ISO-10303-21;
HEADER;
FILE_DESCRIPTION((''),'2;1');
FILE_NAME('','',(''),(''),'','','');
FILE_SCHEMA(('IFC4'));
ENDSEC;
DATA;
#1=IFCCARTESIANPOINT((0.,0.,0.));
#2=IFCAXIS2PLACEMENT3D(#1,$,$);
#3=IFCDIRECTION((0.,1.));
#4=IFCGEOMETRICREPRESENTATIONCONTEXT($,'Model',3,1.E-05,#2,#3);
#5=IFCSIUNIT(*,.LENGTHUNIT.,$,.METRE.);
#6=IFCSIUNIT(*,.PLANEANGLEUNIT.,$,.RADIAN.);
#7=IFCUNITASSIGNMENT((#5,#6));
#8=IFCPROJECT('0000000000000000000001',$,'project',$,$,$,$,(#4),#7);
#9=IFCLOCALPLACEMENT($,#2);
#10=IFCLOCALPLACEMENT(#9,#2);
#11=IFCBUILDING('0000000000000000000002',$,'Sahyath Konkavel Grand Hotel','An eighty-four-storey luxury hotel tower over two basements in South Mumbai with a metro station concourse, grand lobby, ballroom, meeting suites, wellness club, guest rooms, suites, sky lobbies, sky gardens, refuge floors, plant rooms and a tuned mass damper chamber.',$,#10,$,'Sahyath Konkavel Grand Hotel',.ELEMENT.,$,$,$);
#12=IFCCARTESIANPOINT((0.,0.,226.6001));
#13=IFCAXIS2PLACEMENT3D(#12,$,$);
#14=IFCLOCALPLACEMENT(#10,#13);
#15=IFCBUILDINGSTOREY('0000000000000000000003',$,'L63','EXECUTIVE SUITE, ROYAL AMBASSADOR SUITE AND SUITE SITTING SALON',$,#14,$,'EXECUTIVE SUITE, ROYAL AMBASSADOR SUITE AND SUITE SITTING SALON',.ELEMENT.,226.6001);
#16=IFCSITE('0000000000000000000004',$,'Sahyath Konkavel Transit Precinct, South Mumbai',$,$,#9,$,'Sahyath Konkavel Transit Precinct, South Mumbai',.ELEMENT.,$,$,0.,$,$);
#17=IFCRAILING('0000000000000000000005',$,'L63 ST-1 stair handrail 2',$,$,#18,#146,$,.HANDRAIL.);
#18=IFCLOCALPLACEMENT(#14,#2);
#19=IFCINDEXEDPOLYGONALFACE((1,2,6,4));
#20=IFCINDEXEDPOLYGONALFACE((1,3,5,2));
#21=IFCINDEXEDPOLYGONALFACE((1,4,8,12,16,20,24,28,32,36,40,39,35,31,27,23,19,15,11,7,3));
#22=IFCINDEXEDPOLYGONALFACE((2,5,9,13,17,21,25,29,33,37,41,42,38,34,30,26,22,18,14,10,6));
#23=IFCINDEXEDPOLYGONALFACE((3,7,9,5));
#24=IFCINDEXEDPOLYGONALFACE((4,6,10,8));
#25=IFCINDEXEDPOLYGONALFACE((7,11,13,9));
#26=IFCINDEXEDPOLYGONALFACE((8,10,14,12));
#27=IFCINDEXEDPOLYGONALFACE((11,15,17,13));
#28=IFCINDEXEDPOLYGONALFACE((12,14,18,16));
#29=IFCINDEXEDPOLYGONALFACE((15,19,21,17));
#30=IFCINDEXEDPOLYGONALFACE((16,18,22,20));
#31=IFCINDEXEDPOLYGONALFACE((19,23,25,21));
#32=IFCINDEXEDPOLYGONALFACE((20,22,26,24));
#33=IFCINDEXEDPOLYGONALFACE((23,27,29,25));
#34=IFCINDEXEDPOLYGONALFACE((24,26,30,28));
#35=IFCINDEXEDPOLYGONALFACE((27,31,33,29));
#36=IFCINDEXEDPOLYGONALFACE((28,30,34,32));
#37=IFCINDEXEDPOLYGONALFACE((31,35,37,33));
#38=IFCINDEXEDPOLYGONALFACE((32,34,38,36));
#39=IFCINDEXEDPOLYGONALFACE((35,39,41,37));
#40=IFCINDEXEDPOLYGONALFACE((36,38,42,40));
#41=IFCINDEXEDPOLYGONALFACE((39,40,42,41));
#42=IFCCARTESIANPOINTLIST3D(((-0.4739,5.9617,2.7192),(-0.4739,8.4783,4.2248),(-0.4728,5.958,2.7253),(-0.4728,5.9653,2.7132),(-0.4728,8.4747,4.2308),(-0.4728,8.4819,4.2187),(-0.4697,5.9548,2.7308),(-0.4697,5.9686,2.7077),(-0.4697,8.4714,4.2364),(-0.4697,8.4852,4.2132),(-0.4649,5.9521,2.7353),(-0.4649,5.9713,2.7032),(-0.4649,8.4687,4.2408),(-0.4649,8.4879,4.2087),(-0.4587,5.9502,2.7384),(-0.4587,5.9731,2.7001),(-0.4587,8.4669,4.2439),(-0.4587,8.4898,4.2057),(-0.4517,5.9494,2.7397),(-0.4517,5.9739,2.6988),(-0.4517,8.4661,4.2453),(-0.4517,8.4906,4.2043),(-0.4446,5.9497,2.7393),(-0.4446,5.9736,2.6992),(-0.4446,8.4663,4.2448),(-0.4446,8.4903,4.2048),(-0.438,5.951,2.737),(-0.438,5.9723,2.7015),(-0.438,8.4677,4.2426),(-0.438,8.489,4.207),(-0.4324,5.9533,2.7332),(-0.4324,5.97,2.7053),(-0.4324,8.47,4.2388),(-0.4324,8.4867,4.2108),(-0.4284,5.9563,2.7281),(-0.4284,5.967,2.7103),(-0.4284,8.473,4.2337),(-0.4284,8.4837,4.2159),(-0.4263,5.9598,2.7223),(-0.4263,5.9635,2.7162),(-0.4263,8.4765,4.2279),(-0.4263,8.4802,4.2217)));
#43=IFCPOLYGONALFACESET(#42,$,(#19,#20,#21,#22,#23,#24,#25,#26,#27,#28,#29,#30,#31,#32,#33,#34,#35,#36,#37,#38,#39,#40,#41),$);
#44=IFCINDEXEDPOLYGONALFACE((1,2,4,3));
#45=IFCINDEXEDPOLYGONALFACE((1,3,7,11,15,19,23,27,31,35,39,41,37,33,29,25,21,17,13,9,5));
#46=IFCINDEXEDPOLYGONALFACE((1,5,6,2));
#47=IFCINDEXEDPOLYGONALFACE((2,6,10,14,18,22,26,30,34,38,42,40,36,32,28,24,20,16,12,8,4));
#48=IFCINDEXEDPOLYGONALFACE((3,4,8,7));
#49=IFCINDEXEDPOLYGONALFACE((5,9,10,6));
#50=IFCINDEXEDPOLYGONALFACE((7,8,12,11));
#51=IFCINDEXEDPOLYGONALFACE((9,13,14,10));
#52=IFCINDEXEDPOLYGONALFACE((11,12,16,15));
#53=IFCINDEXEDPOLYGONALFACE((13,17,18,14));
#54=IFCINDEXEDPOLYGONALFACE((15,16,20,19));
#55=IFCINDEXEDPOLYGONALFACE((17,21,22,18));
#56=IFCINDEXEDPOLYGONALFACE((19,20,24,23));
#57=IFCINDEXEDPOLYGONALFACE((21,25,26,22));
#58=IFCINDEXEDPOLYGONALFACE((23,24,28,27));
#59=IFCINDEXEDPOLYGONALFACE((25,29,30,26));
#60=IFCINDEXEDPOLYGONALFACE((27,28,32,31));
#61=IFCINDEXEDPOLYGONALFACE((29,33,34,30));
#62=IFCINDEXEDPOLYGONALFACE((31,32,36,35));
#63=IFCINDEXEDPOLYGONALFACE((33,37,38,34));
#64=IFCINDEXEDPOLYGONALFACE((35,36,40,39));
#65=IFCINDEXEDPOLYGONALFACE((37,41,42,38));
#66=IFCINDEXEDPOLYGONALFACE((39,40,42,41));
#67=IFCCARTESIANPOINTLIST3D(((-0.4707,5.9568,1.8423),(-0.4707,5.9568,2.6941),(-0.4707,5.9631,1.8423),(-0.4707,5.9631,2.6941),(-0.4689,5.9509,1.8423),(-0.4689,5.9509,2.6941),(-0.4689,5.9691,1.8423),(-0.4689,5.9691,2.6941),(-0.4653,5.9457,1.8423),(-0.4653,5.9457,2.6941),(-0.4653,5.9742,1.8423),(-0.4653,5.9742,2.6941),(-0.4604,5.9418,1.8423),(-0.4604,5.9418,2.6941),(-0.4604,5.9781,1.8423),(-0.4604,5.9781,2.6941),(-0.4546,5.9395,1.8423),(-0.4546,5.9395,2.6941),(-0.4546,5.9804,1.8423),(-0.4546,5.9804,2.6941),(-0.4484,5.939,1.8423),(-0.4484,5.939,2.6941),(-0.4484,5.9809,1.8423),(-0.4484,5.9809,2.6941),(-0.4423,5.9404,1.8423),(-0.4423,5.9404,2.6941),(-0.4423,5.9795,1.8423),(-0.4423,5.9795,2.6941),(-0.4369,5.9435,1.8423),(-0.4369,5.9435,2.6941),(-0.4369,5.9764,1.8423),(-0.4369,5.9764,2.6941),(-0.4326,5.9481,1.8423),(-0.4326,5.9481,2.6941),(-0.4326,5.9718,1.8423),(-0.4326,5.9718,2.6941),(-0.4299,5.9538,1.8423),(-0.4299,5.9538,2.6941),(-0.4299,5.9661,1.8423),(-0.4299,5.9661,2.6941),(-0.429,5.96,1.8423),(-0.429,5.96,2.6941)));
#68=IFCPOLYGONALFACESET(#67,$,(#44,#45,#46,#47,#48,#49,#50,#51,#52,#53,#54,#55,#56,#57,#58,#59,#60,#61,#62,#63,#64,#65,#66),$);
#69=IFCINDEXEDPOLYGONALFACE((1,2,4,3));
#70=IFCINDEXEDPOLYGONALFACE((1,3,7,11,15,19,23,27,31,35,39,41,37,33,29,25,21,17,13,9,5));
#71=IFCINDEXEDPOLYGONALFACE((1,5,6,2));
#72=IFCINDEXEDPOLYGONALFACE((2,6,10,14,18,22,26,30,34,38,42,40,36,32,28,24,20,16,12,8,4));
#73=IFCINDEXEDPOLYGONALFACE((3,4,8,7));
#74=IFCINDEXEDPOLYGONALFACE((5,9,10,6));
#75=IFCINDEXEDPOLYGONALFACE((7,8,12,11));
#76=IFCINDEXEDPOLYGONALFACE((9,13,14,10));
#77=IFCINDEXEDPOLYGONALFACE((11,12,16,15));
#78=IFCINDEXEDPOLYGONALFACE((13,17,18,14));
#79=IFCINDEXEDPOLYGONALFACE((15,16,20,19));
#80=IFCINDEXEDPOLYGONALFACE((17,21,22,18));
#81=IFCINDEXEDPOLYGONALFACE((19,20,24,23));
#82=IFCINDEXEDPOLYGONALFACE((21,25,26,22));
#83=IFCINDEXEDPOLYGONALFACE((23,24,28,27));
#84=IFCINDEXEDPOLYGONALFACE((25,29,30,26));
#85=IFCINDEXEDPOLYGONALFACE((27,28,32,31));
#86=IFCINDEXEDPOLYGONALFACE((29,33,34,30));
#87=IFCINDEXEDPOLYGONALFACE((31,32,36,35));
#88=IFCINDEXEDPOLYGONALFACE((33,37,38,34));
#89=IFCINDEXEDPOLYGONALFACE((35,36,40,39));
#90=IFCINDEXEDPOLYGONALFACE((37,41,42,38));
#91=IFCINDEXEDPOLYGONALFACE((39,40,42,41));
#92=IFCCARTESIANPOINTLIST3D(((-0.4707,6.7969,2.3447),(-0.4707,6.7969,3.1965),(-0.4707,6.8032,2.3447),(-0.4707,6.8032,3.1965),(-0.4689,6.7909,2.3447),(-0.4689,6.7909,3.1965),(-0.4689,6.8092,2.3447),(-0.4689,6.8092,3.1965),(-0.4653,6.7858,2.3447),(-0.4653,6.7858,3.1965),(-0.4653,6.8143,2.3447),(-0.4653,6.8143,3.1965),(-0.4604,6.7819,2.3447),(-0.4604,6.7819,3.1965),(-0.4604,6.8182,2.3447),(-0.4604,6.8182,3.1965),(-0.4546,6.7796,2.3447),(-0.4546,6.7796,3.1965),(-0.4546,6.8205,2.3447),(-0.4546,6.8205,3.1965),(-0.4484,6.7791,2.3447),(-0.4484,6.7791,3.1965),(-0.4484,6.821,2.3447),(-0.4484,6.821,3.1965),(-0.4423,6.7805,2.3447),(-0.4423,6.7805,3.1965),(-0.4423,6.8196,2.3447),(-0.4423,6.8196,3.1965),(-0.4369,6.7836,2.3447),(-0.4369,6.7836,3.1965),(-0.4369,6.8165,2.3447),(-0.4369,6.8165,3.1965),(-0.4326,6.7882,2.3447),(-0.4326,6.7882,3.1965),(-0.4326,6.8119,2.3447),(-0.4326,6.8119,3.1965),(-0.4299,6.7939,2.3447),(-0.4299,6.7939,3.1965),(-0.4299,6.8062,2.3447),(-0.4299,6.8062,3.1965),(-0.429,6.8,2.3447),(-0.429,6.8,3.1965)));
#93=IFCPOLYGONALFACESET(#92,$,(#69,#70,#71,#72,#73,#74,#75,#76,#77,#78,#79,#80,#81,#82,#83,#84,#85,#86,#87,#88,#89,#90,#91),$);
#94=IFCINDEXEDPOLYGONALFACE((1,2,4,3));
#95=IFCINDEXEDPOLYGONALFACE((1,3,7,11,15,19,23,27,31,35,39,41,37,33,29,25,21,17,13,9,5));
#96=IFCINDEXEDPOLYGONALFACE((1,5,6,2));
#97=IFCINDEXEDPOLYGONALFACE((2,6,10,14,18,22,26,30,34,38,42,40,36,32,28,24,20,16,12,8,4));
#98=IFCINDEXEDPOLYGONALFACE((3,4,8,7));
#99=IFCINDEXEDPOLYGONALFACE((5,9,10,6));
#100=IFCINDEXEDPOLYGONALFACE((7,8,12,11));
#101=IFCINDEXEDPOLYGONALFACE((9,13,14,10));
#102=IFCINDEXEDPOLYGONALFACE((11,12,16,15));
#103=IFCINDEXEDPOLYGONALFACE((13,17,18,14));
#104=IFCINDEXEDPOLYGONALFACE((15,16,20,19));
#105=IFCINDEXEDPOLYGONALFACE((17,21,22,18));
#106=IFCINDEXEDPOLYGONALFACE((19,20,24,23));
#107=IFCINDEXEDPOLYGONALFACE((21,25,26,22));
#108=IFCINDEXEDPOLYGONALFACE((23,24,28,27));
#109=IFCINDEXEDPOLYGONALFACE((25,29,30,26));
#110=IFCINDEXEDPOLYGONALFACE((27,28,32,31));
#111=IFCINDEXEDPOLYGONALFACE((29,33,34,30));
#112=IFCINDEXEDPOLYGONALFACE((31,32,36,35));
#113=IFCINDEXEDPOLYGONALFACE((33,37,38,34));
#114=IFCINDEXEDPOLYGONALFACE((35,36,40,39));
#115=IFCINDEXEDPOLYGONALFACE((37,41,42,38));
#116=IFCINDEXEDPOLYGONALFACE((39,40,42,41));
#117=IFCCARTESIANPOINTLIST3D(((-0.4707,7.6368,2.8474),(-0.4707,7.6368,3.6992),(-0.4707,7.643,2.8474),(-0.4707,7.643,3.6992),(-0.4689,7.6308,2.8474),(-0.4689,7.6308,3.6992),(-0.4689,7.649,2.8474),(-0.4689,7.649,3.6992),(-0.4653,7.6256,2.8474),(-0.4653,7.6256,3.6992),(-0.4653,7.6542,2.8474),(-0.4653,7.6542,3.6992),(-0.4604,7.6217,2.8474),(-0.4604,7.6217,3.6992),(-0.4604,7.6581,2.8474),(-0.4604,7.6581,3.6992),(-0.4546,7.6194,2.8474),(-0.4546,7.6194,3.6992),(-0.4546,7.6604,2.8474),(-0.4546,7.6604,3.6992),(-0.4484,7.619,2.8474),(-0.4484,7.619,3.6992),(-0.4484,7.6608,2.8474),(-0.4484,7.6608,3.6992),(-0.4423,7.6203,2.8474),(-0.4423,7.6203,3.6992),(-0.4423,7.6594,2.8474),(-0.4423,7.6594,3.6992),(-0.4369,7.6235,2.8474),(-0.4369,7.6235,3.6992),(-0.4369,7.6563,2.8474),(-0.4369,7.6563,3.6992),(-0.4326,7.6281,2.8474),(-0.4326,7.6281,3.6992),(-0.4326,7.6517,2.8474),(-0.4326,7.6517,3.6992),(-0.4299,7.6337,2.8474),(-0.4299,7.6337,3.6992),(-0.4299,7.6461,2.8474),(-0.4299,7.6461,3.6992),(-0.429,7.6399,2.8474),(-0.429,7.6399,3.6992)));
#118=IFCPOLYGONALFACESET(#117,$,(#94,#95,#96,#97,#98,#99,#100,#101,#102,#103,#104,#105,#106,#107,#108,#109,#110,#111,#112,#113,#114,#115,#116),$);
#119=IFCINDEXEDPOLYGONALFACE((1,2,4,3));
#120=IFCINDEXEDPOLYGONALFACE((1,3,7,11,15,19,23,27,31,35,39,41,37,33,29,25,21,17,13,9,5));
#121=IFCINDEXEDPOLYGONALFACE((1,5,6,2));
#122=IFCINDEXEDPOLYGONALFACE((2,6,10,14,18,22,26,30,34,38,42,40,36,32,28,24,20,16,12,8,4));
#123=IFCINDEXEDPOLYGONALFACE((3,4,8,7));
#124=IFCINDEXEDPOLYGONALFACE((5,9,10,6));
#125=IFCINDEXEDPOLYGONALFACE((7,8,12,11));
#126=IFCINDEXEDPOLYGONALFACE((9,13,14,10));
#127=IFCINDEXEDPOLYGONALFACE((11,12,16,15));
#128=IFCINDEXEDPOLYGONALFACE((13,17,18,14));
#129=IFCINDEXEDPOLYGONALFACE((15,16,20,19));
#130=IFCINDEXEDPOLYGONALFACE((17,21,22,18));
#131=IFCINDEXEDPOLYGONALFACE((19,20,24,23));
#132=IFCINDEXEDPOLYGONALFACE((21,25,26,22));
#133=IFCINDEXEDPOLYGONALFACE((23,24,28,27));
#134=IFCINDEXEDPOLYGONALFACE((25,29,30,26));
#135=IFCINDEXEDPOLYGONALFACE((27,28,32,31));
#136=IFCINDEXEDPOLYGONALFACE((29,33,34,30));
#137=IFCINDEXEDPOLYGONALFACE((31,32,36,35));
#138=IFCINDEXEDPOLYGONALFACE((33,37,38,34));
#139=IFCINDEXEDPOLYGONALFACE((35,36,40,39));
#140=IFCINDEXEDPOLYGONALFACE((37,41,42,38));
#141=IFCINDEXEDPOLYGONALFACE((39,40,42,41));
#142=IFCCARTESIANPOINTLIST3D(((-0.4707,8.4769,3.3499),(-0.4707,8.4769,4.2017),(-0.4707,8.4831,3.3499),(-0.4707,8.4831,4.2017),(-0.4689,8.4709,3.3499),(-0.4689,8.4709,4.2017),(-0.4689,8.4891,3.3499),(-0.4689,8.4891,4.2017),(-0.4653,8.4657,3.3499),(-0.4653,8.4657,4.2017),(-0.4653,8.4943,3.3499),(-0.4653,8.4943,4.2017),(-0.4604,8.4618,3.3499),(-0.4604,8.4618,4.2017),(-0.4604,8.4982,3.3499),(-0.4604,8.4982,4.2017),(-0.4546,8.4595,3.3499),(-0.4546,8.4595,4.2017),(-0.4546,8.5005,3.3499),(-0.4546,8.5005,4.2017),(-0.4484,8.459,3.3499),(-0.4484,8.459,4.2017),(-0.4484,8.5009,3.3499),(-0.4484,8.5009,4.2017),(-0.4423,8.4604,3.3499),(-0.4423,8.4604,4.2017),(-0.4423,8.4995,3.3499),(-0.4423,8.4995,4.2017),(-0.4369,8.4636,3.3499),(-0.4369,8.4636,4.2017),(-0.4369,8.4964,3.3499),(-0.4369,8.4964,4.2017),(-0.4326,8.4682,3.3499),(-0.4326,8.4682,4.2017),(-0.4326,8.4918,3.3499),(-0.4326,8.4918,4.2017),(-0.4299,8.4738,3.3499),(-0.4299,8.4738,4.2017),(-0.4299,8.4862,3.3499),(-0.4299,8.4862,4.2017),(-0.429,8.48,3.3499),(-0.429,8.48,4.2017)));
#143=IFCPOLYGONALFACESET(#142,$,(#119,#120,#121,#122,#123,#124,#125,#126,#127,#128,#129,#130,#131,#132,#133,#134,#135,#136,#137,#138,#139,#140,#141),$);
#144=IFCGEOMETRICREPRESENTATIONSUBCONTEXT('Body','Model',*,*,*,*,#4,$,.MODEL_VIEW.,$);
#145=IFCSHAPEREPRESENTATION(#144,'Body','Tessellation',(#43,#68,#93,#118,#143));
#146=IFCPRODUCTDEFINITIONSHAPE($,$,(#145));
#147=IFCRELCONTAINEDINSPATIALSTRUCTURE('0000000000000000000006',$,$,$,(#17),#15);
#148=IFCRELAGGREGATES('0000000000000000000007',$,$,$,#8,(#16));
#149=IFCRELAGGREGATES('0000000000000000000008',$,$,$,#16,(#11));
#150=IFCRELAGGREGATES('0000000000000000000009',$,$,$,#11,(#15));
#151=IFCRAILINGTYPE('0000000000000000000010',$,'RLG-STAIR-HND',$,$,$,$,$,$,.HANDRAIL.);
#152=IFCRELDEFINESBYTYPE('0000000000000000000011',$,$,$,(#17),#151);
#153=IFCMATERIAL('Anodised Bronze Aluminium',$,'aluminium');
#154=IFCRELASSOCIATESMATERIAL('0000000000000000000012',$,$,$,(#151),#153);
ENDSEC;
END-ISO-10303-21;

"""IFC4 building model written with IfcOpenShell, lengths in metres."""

from ifc_helpers import new_model, si_unit, direction, frame, origin, origin_2d, place, context, subcontext, project, spatial, circle, extrude, material, type_object, element, save


model = new_model("IFC4")

# Units and contexts
model_context = context("Model", 3, precision=1e-05, world=origin(), true_north=direction((0.0, 1.0)))
body_context = subcontext(model_context, "Body", "Model", "MODEL_VIEW")
ifc_project = project(units=[si_unit("LENGTHUNIT", "METRE"), si_unit("PLANEANGLEUNIT", "RADIAN")], contexts=[model_context])

# Site, building, storey
site_placement = place(None, origin())
site = spatial("IfcSite", under=ifc_project, at=site_placement, Name="Sahyath Konkavel Transit Precinct, South Mumbai", LongName="Sahyath Konkavel Transit Precinct, South Mumbai", CompositionType="ELEMENT", RefElevation=0.0)
building_placement = place(site_placement, origin())
building = spatial("IfcBuilding", under=site, at=building_placement, Name="Sahyath Konkavel Grand Hotel", Description="An eighty-four-storey luxury hotel tower over two basements in South Mumbai with a metro station concourse, grand lobby, ballroom, meeting suites, wellness club, guest rooms, suites, sky lobbies, sky gardens, refuge floors, plant rooms and a tuned mass damper chamber.", LongName="Sahyath Konkavel Grand Hotel", CompositionType="ELEMENT")
storey_placement = place(building_placement, frame((0.0, 0.0, 226.6001)))
storey = spatial("IfcBuildingStorey", under=building, at=storey_placement, Name="L63", Description="EXECUTIVE SUITE, ROYAL AMBASSADOR SUITE AND SUITE SITTING SALON", LongName="EXECUTIVE SUITE, ROYAL AMBASSADOR SUITE AND SUITE SITTING SALON", CompositionType="ELEMENT", Elevation=226.6001)

# Shared definitions
ifc_material_1 = material(Name="Anodised Bronze Aluminium", Category="aluminium")

# Railing
railing_type_1 = type_object("IfcRailingType", Name="RLG-STAIR-HND", PredefinedType="HANDRAIL", material=ifc_material_1)
railing_1_placement = place(storey_placement, frame((-0.45, 5.96, 1.8423)))
element("IfcRailing", 1, at=railing_1_placement, inside=storey, type_object=railing_type_1, Name="L63 ST-1 stair handrail 2", PredefinedType="HANDRAIL", context=body_context, shape_type="SweptSolid", body=[
    extrude(circle(Radius=0.0239, at=origin_2d()), frame((0.0, 0.0017, 0.877), z_axis=(0.0, 0.85816, 0.513383), x_axis=(-1.0, 0.0, 0.0)), (0.0, 0.0, 1.0), 2.9326),
    extrude(circle(Radius=0.021, at=origin_2d()), origin(), (0.0, 0.0, 1.0), 0.8518),
    extrude(circle(Radius=0.021, at=origin_2d()), frame((0.0, 0.8401, 0.5024)), (0.0, 0.0, 1.0), 0.8518),
    extrude(circle(Radius=0.021, at=origin_2d()), frame((0.0, 1.6799, 1.0051)), (0.0, 0.0, 1.0), 0.8518),
    extrude(circle(Radius=0.021, at=origin_2d()), frame((0.0, 2.52, 1.5076)), (0.0, 0.0, 1.0), 0.8518),
])

save(model, "model.ifc")
